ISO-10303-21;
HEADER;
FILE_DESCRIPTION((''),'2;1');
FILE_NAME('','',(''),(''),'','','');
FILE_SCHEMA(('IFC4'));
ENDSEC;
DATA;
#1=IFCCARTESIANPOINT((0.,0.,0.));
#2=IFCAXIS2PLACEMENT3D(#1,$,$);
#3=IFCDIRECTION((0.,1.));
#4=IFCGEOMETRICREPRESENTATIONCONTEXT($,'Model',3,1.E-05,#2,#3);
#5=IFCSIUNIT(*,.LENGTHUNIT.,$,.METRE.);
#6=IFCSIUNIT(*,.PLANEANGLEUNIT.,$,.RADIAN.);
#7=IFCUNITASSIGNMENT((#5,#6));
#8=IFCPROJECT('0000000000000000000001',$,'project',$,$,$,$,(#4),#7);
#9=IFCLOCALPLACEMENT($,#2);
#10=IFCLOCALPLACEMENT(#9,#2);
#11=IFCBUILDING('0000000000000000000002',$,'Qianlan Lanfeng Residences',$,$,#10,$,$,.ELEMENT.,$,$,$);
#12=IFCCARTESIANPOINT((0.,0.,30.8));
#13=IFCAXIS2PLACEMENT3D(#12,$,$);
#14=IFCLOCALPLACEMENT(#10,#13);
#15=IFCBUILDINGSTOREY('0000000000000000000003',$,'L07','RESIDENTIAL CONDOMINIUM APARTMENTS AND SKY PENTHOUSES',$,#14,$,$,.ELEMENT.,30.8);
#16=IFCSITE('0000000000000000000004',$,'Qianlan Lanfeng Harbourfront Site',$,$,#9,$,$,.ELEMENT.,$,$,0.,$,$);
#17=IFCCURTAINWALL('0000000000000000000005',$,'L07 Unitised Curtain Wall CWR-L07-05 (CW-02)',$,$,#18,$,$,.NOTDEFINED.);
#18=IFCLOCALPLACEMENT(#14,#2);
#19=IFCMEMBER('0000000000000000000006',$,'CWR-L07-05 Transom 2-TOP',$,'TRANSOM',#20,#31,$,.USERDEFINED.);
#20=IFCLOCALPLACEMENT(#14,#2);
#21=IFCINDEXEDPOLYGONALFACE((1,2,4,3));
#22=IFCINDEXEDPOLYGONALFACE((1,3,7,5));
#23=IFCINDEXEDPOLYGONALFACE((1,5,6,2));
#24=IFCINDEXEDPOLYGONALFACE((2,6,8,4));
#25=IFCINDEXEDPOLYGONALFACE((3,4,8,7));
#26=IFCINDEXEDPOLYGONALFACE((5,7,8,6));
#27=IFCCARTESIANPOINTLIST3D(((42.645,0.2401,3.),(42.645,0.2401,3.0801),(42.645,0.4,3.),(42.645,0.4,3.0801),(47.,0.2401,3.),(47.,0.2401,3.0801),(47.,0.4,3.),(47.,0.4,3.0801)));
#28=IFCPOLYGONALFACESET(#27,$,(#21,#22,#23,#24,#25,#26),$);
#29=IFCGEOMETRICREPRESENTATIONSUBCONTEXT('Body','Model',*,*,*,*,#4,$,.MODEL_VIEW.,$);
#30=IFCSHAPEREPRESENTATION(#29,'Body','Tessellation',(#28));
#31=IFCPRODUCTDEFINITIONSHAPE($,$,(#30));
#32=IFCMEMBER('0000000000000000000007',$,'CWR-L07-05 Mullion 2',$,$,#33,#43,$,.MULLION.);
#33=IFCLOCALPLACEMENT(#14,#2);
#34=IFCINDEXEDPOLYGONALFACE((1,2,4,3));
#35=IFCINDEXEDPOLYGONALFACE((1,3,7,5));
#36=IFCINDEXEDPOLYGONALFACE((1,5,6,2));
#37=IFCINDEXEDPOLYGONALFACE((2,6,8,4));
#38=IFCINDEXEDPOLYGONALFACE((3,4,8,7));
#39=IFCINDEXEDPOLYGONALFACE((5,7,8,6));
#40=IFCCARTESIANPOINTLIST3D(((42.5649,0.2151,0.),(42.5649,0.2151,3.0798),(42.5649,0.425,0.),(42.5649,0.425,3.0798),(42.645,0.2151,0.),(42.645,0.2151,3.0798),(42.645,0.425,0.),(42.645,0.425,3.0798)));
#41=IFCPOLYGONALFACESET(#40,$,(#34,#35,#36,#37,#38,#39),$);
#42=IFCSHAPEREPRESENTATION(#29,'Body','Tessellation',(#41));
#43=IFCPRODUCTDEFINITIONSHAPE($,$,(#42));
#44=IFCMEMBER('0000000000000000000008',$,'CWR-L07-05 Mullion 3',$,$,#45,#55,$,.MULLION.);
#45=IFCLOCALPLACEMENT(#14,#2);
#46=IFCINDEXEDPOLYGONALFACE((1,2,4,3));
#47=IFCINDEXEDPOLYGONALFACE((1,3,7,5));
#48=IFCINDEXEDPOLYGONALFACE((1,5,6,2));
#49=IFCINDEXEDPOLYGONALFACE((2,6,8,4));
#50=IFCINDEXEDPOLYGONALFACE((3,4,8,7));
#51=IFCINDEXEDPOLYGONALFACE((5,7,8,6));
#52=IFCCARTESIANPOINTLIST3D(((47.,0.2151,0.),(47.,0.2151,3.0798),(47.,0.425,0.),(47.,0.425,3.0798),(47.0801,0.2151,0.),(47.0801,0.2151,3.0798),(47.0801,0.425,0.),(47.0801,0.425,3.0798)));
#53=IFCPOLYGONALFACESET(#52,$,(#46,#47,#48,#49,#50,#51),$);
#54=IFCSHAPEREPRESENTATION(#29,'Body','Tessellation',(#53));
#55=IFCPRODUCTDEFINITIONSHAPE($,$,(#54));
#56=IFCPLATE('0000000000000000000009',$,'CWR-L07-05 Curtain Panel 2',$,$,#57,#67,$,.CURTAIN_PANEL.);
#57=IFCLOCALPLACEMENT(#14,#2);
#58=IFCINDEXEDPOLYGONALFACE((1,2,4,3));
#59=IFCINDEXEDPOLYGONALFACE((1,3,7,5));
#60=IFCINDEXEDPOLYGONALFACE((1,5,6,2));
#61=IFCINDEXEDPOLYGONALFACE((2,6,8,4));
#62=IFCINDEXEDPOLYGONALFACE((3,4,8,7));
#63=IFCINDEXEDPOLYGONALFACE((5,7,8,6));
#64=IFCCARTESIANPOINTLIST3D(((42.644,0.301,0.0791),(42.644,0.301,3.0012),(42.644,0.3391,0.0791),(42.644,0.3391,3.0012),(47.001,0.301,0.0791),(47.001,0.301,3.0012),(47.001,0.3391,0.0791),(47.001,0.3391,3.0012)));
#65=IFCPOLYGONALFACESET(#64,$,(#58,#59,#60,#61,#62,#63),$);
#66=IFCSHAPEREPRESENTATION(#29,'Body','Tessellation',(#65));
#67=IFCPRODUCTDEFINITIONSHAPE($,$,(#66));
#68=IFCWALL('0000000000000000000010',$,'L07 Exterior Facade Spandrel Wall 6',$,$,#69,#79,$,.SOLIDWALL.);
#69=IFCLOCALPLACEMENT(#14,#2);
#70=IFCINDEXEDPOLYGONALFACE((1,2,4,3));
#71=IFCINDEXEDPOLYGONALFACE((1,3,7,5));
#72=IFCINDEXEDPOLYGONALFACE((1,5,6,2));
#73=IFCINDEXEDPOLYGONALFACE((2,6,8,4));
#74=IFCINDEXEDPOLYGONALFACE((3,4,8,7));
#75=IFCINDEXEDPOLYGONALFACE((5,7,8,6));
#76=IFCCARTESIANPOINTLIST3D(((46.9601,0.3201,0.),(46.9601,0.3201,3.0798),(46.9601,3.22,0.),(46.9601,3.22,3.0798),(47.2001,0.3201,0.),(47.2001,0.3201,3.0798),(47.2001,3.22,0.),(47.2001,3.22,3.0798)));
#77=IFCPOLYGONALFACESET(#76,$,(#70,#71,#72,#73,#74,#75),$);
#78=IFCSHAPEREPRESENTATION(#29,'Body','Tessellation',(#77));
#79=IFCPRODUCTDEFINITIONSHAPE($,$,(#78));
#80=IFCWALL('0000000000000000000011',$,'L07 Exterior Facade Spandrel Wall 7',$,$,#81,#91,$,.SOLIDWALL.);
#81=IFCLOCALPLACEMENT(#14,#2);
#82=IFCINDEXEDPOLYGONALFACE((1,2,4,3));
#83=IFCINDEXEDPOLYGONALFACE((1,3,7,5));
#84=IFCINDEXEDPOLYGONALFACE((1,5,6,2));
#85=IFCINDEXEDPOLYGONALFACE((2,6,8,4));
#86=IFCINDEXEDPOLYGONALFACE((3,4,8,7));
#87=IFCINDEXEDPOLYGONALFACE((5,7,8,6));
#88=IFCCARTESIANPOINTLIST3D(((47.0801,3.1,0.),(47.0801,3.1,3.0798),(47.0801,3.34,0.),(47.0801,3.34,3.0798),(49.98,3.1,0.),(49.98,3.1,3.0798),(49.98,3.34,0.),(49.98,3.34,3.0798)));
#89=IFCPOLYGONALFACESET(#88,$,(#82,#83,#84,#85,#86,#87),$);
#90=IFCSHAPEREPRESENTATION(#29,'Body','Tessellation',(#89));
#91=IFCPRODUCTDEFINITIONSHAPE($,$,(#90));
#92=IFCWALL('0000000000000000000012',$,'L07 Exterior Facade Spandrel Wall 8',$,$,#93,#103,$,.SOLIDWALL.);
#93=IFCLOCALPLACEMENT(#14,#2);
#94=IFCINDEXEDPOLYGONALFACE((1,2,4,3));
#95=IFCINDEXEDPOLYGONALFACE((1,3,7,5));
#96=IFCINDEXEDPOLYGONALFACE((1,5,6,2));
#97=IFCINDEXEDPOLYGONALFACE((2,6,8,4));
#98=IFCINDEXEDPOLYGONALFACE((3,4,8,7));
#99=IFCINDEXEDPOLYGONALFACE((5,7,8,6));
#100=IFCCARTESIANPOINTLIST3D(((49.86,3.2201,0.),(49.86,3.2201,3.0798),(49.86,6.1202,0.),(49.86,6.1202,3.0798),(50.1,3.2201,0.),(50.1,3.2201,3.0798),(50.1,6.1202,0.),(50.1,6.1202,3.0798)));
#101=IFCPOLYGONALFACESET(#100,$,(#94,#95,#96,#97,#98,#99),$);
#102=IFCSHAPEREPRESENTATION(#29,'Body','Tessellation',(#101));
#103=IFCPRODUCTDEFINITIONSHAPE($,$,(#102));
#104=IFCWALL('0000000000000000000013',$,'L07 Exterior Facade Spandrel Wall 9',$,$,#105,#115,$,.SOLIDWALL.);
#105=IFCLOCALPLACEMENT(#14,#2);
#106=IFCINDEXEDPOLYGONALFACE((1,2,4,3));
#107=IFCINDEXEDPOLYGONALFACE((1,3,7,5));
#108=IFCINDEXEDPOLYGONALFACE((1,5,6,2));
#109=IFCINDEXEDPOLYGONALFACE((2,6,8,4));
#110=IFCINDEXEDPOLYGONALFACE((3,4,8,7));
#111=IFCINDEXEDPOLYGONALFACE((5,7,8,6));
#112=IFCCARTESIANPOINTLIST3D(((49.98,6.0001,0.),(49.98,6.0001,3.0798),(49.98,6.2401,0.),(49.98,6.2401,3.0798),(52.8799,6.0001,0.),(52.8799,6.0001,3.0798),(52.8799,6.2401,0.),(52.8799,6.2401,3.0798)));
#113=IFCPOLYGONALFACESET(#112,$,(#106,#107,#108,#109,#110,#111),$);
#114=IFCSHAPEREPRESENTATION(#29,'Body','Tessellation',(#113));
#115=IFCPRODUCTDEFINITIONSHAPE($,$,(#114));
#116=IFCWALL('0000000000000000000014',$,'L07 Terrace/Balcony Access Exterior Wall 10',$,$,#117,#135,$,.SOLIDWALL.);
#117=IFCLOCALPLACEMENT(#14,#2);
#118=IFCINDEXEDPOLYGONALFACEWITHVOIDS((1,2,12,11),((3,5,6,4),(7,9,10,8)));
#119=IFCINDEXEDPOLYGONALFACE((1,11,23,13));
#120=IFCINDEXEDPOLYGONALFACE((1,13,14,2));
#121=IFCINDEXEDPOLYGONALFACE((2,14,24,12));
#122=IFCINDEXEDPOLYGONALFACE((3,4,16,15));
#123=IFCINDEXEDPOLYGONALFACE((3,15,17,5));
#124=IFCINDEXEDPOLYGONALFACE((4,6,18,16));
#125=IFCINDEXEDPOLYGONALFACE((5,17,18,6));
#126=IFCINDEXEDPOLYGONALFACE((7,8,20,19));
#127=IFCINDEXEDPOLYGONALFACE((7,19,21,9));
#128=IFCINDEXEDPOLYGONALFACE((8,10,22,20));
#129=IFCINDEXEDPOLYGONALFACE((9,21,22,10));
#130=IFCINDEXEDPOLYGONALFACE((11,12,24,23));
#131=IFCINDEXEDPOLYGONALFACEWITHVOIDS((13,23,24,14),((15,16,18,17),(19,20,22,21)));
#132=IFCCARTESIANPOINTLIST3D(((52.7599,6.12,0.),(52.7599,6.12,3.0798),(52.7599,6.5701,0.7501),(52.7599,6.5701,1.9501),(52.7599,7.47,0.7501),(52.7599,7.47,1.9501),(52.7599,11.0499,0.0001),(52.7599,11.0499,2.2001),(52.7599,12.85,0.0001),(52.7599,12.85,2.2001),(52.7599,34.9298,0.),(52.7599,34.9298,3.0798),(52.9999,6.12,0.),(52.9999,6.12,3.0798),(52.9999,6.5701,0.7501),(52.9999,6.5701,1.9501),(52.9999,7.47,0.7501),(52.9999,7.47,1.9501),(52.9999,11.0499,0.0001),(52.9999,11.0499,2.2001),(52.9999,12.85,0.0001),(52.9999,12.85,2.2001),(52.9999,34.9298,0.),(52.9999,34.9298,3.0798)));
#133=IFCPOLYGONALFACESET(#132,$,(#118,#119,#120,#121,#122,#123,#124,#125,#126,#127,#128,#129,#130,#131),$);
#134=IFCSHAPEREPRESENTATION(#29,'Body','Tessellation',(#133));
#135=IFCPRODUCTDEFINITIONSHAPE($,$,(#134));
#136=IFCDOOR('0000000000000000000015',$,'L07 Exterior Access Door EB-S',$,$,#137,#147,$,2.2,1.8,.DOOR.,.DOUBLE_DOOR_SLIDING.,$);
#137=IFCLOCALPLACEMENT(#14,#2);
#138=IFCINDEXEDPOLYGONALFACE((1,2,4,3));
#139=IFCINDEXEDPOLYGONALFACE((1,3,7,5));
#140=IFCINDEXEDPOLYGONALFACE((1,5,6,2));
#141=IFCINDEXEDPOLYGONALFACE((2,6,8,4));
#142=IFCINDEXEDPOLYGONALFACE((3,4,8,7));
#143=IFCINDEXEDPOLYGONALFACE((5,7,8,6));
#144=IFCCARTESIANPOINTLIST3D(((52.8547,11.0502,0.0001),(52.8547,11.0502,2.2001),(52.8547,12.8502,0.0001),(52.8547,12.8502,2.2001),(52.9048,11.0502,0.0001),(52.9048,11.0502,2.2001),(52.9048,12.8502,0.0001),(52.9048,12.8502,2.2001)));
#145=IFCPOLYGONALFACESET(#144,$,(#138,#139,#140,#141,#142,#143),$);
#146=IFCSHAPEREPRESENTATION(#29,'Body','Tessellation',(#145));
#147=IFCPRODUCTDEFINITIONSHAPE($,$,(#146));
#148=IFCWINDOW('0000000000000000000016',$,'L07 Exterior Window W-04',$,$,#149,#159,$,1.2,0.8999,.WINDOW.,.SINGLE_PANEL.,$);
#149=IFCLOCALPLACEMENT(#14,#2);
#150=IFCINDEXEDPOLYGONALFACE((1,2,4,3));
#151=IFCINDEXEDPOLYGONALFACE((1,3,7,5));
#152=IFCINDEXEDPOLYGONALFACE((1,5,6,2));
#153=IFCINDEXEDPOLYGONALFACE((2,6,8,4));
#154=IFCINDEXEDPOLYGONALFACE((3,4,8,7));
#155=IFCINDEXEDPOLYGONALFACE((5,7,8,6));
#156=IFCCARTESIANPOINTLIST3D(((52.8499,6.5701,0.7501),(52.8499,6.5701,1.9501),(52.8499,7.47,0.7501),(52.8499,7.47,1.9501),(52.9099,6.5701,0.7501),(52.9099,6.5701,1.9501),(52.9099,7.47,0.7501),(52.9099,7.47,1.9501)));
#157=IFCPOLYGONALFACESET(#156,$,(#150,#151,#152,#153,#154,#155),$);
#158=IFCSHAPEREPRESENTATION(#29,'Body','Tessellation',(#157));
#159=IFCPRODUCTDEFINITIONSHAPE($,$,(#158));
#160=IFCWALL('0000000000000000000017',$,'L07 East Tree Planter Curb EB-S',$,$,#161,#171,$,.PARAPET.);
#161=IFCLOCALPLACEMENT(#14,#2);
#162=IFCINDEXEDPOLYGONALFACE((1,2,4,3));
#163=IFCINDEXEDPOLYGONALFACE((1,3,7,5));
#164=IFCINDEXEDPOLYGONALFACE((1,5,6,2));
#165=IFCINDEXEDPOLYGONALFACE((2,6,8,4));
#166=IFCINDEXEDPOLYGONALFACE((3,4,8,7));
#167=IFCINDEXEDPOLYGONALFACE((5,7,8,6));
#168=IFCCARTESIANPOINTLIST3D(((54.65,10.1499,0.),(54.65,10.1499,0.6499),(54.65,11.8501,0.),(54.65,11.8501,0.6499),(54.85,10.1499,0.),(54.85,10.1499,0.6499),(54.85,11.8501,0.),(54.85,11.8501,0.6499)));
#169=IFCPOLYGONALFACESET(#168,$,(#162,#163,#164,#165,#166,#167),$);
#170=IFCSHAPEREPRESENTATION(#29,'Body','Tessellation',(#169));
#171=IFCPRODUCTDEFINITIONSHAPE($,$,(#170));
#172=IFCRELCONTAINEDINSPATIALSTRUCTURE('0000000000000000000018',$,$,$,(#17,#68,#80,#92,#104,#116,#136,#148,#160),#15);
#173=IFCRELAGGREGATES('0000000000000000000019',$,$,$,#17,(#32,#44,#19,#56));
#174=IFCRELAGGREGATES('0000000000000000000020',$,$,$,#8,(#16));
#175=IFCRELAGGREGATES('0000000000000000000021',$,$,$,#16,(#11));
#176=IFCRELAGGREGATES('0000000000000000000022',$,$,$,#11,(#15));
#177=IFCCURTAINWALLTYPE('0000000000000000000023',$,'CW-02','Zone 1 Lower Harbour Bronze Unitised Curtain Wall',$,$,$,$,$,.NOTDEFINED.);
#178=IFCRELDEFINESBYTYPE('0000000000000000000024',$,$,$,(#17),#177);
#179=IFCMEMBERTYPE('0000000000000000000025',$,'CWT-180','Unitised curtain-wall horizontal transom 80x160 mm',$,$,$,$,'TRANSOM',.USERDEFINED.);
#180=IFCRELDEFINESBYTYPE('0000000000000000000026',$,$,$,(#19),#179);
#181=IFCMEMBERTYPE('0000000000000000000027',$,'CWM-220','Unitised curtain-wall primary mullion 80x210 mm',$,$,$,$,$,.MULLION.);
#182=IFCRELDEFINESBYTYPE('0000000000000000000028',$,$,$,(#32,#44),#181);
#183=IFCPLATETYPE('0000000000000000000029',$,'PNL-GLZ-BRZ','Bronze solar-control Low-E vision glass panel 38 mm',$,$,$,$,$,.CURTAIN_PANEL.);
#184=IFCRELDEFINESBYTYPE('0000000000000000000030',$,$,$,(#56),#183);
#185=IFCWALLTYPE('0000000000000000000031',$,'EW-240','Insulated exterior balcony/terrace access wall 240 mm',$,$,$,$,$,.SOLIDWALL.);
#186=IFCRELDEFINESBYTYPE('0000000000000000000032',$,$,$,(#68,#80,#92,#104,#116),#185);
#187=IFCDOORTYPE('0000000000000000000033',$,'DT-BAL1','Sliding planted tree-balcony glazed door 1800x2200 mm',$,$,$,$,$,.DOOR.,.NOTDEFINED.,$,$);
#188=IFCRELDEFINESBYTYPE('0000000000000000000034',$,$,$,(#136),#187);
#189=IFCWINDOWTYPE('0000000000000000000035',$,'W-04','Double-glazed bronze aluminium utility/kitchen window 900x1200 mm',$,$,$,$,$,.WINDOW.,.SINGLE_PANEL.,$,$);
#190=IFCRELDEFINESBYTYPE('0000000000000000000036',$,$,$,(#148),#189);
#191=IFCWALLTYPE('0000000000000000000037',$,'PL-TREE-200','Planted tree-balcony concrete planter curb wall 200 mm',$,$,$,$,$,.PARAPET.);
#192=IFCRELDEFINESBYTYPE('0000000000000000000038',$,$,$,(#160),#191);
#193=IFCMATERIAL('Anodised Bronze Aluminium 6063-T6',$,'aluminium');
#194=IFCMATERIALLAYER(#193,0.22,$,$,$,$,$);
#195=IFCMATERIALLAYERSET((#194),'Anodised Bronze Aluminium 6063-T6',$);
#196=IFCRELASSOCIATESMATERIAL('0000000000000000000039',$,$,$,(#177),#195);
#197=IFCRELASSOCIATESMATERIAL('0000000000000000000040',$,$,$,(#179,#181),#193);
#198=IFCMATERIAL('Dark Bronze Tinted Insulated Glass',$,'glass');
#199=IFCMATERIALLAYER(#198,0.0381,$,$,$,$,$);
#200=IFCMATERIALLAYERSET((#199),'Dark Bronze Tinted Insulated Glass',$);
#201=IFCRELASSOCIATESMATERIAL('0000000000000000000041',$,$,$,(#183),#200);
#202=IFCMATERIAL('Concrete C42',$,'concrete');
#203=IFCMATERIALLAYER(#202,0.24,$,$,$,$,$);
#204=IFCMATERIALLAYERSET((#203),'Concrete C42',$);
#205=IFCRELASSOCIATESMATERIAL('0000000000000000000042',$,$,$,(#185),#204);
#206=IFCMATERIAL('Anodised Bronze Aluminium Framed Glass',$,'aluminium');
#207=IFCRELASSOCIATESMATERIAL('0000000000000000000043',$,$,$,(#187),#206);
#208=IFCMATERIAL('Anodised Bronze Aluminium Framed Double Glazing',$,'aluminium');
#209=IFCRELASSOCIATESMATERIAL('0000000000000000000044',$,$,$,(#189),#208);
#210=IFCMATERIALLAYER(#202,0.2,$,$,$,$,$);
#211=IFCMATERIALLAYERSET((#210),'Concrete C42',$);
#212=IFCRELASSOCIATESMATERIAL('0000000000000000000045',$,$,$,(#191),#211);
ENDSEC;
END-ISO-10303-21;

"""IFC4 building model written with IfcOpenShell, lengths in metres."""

from ifc_helpers import new_model, si_unit, direction, frame, frame_2d, origin, origin_2d, place, context, subcontext, project, spatial, rectangle, extrude, source, transform, mapped, material, layer, layer_set, material_profile, profile_set, type_object, element, fill, aggregate, save


model = new_model("IFC4")

# Units and contexts
model_context = context("Model", 3, precision=1e-05, world=origin(), true_north=direction((0.0, 1.0)))
body_context = subcontext(model_context, "Body", "Model", "MODEL_VIEW")
ifc_project = project(units=[si_unit("LENGTHUNIT", "METRE"), si_unit("PLANEANGLEUNIT", "RADIAN")], contexts=[model_context])

# Site, building, storey
site_placement = place(None, origin())
site = spatial("IfcSite", under=ifc_project, at=site_placement, Name="Qianlan Lanfeng Harbourfront Site", CompositionType="ELEMENT", RefElevation=0.0)
building_placement = place(site_placement, origin())
building = spatial("IfcBuilding", under=site, at=building_placement, Name="Qianlan Lanfeng Residences", CompositionType="ELEMENT")
storey_placement = place(building_placement, frame((0.0, 0.0, 30.8)))
storey = spatial("IfcBuildingStorey", under=building, at=storey_placement, Name="L07", Description="RESIDENTIAL CONDOMINIUM APARTMENTS AND SKY PENTHOUSES", CompositionType="ELEMENT", Elevation=30.8)

# Curtain wall, members, plate
ifc_material_1 = material(Name="Anodised Bronze Aluminium 6063-T6", Category="aluminium")
ifc_layer_1 = layer(ifc_material_1, 0.22)
ifc_layer_set_1 = layer_set([ifc_layer_1], Name="Anodised Bronze Aluminium 6063-T6")
curtain_wall_type = type_object("IfcCurtainWallType", Name="CW-02", Description="Zone 1 Lower Harbour Bronze Unitised Curtain Wall", PredefinedType="NOTDEFINED", material=ifc_layer_set_1)
curtain_wall_placement = place(storey_placement, origin())
curtain_wall = element("IfcCurtainWall", 1, at=curtain_wall_placement, inside=storey, type_object=curtain_wall_type, Name="L07 Unitised Curtain Wall CWR-L07-05 (CW-02)", PredefinedType="NOTDEFINED")
ifc_material_profile_1 = material_profile(ifc_material_1, rectangle(XDim=0.0801, YDim=0.1599, at=origin_2d()), Name="ALU TRANSOM 80x160")
ifc_profile_set_1 = profile_set([ifc_material_profile_1], Name="Anodised Bronze Aluminium 6063-T6")
member_type_1 = type_object("IfcMemberType", Name="CWT-180", Description="Unitised curtain-wall horizontal transom 80x160 mm", ElementType="TRANSOM", PredefinedType="USERDEFINED", material=ifc_profile_set_1)
shared_shape_1 = source(origin(), body_context, "Body", "SweptSolid", [
    extrude(rectangle(XDim=0.0801, YDim=0.1599, at=origin_2d()), origin(), (0.0, 0.0, 1.0), 4.355),
])
member_1_placement = place(storey_placement, frame((42.645, 0.3201, 3.04), z_axis=(1.0, 0.0, 0.0), x_axis=(0.0, 0.0, 1.0)))
member_1 = element("IfcMember", 2, at=member_1_placement, type_object=member_type_1, Name="CWR-L07-05 Transom 2-TOP", ObjectType="TRANSOM", PredefinedType="USERDEFINED", context=body_context, shape_type="MappedRepresentation", body=[
    mapped(shared_shape_1, transform((0.0, 0.0, 0.0), scale=1.0)),
])
ifc_material_profile_2 = material_profile(ifc_material_1, rectangle(XDim=0.0801, YDim=0.21, at=origin_2d()), Name="ALU MULLION 80x210")
ifc_profile_set_2 = profile_set([ifc_material_profile_2], Name="Anodised Bronze Aluminium 6063-T6")
member_type_2 = type_object("IfcMemberType", Name="CWM-220", Description="Unitised curtain-wall primary mullion 80x210 mm", PredefinedType="MULLION", material=ifc_profile_set_2)
shared_shape_2 = source(origin(), body_context, "Body", "SweptSolid", [
    extrude(rectangle(XDim=0.0801, YDim=0.21, at=origin_2d()), origin(), (0.0, 0.0, 1.0), 3.0798),
])
member_2_placement = place(storey_placement, frame((42.605, 0.3201, 0.0), z_axis=(0.0, 0.0, 1.0), x_axis=(1.0, 0.0, 0.0)))
member_2 = element("IfcMember", 3, at=member_2_placement, type_object=member_type_2, Name="CWR-L07-05 Mullion 2", PredefinedType="MULLION", context=body_context, shape_type="MappedRepresentation", body=[
    mapped(shared_shape_2, transform((0.0, 0.0, 0.0), scale=1.0)),
])
member_3_placement = place(storey_placement, frame((47.04, 0.3201, 0.0), z_axis=(0.0, 0.0, 1.0), x_axis=(1.0, 0.0, 0.0)))
member_3 = element("IfcMember", 4, at=member_3_placement, type_object=member_type_2, Name="CWR-L07-05 Mullion 3", PredefinedType="MULLION", context=body_context, shape_type="MappedRepresentation", body=[
    mapped(shared_shape_2, transform((0.0, 0.0, 0.0), scale=1.0)),
])
ifc_material_2 = material(Name="Dark Bronze Tinted Insulated Glass", Category="glass")
ifc_layer_2 = layer(ifc_material_2, 0.0381)
ifc_layer_set_2 = layer_set([ifc_layer_2], Name="Dark Bronze Tinted Insulated Glass")
plate_type = type_object("IfcPlateType", Name="PNL-GLZ-BRZ", Description="Bronze solar-control Low-E vision glass panel 38 mm", PredefinedType="CURTAIN_PANEL", material=ifc_layer_set_2)
shared_shape_3 = source(origin(), body_context, "Body", "SweptSolid", [
    extrude(rectangle(XDim=4.3569, YDim=0.0381, at=origin_2d()), origin(), (0.0, 0.0, 1.0), 2.9221),
])
plate_placement = place(storey_placement, frame((44.8225, 0.3201, 0.0791), z_axis=(0.0, 0.0, 1.0), x_axis=(1.0, 0.0, 0.0)))
plate = element("IfcPlate", 5, at=plate_placement, type_object=plate_type, Name="CWR-L07-05 Curtain Panel 2", PredefinedType="CURTAIN_PANEL", context=body_context, shape_type="MappedRepresentation", body=[
    mapped(shared_shape_3, transform((0.0, 0.0, 0.0), scale=1.0)),
])
aggregate(curtain_wall, [member_2, member_3, member_1, plate])

# Walls
ifc_material_3 = material(Name="Concrete C42", Category="concrete")
ifc_layer_3 = layer(ifc_material_3, 0.24)
ifc_layer_set_3 = layer_set([ifc_layer_3], Name="Concrete C42")
wall_type_1 = type_object("IfcWallType", Name="EW-240", Description="Insulated exterior balcony/terrace access wall 240 mm", PredefinedType="SOLIDWALL", material=ifc_layer_set_3)
for number, where, z_axis, x_axis, name in (
    (6, (47.0801, 0.3201, 0.0), (0.0, 0.0, 1.0), (0.0, 1.0, 0.0), "L07 Exterior Facade Spandrel Wall 6"),
    (7, (47.0801, 3.22, 0.0), (0.0, 0.0, 1.0), (1.0, 0.0, 0.0), "L07 Exterior Facade Spandrel Wall 7"),
):
    element("IfcWall", number, at=place(storey_placement, frame(where, z_axis=z_axis, x_axis=x_axis)), inside=storey, type_object=wall_type_1, Name=name, PredefinedType="SOLIDWALL", context=body_context, shape_type="SweptSolid", body=[
        extrude(rectangle(XDim=2.8999, YDim=0.24, at=frame_2d((1.45, 0.0))), origin(), (0.0, 0.0, 1.0), 3.0798),
    ])
wall_1_placement = place(storey_placement, frame((49.98, 3.22, 0.0), z_axis=(0.0, 0.0, 1.0), x_axis=(0.0, 1.0, 0.0)))
element("IfcWall", 8, at=wall_1_placement, inside=storey, type_object=wall_type_1, Name="L07 Exterior Facade Spandrel Wall 8", PredefinedType="SOLIDWALL", context=body_context, shape_type="SweptSolid", body=[
    extrude(rectangle(XDim=2.9001, YDim=0.24, at=frame_2d((1.4502, 0.0))), origin(), (0.0, 0.0, 1.0), 3.0798),
])
wall_2_placement = place(storey_placement, frame((49.98, 6.1201, 0.0), z_axis=(0.0, 0.0, 1.0), x_axis=(1.0, 0.0, 0.0)))
element("IfcWall", 9, at=wall_2_placement, inside=storey, type_object=wall_type_1, Name="L07 Exterior Facade Spandrel Wall 9", PredefinedType="SOLIDWALL", context=body_context, shape_type="SweptSolid", body=[
    extrude(rectangle(XDim=2.8999, YDim=0.24, at=frame_2d((1.45, 0.0))), origin(), (0.0, 0.0, 1.0), 3.0798),
])

# Wall, openings, door, window
wall_3_placement = place(storey_placement, frame((52.8799, 6.1201, 0.0), z_axis=(0.0, 0.0, 1.0), x_axis=(0.0, 1.0, 0.0)))
wall_3 = element("IfcWall", 10, at=wall_3_placement, inside=storey, type_object=wall_type_1, Name="L07 Terrace/Balcony Access Exterior Wall 10", PredefinedType="SOLIDWALL", context=body_context, shape_type="SweptSolid", body=[
    extrude(rectangle(XDim=28.8098, YDim=0.24, at=frame_2d((14.4048, 0.0))), origin(), (0.0, 0.0, 1.0), 3.0798),
])
opening_1_placement = place(wall_3_placement, frame((4.9299, 0.0, 0.0)))
opening_1 = element("IfcOpeningElement", 11, at=opening_1_placement, cuts=wall_3, PredefinedType="OPENING", context=body_context, shape_type="SweptSolid", body=[
    extrude(rectangle(XDim=1.8, YDim=2.2, at=frame_2d((0.8999, 1.1001))), frame((0.0, 0.1299, 0.0), z_axis=(0.0, -1.0, 0.0), x_axis=(1.0, 0.0, 0.0)), (0.0, 0.0, 1.0), 0.26),
])
opening_2_placement = place(wall_3_placement, frame((0.45, 0.0, 0.75)))
opening_2 = element("IfcOpeningElement", 12, at=opening_2_placement, cuts=wall_3, PredefinedType="OPENING", context=body_context, shape_type="SweptSolid", body=[
    extrude(rectangle(XDim=0.8999, YDim=1.2, at=frame_2d((0.45, 0.6001))), frame((0.0, 0.1299, 0.0), z_axis=(0.0, -1.0, 0.0), x_axis=(1.0, 0.0, 0.0)), (0.0, 0.0, 1.0), 0.26),
])
ifc_material_4 = material(Name="Anodised Bronze Aluminium Framed Glass", Category="aluminium")
door_type = type_object("IfcDoorType", Name="DT-BAL1", Description="Sliding planted tree-balcony glazed door 1800x2200 mm", OperationType="NOTDEFINED", PredefinedType="DOOR", material=ifc_material_4)
door_placement = place(opening_1_placement, frame((1.8, 0.0, 0.0), z_axis=(0.0, 0.0, 1.0), x_axis=(-1.0, 0.0, 0.0)))
door = element("IfcDoor", 13, at=door_placement, inside=storey, type_object=door_type, Name="L07 Exterior Access Door EB-S", OperationType="DOUBLE_DOOR_SLIDING", OverallHeight=2.2, OverallWidth=1.8, PredefinedType="DOOR", context=body_context, shape_type="SweptSolid", body=[
    extrude(rectangle(XDim=1.8, YDim=2.2, at=frame_2d((0.8999, 1.1001))), frame((0.0, 0.0249, 0.0), z_axis=(0.0, -1.0, 0.0), x_axis=(1.0, 0.0, 0.0)), (0.0, 0.0, 1.0), 0.05),
])
fill(opening_1, door)
ifc_material_5 = material(Name="Anodised Bronze Aluminium Framed Double Glazing", Category="aluminium")
window_type = type_object("IfcWindowType", Name="W-04", Description="Double-glazed bronze aluminium utility/kitchen window 900x1200 mm", PartitioningType="SINGLE_PANEL", PredefinedType="WINDOW", material=ifc_material_5)
window_placement = place(opening_2_placement, origin())
window = element("IfcWindow", 14, at=window_placement, inside=storey, type_object=window_type, Name="L07 Exterior Window W-04", OverallHeight=1.2, OverallWidth=0.8999, PartitioningType="SINGLE_PANEL", PredefinedType="WINDOW", context=body_context, shape_type="SweptSolid", body=[
    extrude(rectangle(XDim=0.8999, YDim=1.2, at=frame_2d((0.45, 0.6001))), frame((0.0, 0.03, 0.0), z_axis=(0.0, -1.0, 0.0), x_axis=(1.0, 0.0, 0.0)), (0.0, 0.0, 1.0), 0.0601),
])
fill(opening_2, window)

# Wall
ifc_layer_4 = layer(ifc_material_3, 0.2)
ifc_layer_set_4 = layer_set([ifc_layer_4], Name="Concrete C42")
wall_type_2 = type_object("IfcWallType", Name="PL-TREE-200", Description="Planted tree-balcony concrete planter curb wall 200 mm", PredefinedType="PARAPET", material=ifc_layer_set_4)
wall_4_placement = place(storey_placement, frame((54.75, 10.1499, 0.0), z_axis=(0.0, 0.0, 1.0), x_axis=(0.0, 1.0, 0.0)))
element("IfcWall", 15, at=wall_4_placement, inside=storey, type_object=wall_type_2, Name="L07 East Tree Planter Curb EB-S", PredefinedType="PARAPET", context=body_context, shape_type="SweptSolid", body=[
    extrude(rectangle(XDim=1.7002, YDim=0.2, at=frame_2d((0.8501, 0.0))), origin(), (0.0, 0.0, 1.0), 0.6499),
])

save(model, "model.ifc")
